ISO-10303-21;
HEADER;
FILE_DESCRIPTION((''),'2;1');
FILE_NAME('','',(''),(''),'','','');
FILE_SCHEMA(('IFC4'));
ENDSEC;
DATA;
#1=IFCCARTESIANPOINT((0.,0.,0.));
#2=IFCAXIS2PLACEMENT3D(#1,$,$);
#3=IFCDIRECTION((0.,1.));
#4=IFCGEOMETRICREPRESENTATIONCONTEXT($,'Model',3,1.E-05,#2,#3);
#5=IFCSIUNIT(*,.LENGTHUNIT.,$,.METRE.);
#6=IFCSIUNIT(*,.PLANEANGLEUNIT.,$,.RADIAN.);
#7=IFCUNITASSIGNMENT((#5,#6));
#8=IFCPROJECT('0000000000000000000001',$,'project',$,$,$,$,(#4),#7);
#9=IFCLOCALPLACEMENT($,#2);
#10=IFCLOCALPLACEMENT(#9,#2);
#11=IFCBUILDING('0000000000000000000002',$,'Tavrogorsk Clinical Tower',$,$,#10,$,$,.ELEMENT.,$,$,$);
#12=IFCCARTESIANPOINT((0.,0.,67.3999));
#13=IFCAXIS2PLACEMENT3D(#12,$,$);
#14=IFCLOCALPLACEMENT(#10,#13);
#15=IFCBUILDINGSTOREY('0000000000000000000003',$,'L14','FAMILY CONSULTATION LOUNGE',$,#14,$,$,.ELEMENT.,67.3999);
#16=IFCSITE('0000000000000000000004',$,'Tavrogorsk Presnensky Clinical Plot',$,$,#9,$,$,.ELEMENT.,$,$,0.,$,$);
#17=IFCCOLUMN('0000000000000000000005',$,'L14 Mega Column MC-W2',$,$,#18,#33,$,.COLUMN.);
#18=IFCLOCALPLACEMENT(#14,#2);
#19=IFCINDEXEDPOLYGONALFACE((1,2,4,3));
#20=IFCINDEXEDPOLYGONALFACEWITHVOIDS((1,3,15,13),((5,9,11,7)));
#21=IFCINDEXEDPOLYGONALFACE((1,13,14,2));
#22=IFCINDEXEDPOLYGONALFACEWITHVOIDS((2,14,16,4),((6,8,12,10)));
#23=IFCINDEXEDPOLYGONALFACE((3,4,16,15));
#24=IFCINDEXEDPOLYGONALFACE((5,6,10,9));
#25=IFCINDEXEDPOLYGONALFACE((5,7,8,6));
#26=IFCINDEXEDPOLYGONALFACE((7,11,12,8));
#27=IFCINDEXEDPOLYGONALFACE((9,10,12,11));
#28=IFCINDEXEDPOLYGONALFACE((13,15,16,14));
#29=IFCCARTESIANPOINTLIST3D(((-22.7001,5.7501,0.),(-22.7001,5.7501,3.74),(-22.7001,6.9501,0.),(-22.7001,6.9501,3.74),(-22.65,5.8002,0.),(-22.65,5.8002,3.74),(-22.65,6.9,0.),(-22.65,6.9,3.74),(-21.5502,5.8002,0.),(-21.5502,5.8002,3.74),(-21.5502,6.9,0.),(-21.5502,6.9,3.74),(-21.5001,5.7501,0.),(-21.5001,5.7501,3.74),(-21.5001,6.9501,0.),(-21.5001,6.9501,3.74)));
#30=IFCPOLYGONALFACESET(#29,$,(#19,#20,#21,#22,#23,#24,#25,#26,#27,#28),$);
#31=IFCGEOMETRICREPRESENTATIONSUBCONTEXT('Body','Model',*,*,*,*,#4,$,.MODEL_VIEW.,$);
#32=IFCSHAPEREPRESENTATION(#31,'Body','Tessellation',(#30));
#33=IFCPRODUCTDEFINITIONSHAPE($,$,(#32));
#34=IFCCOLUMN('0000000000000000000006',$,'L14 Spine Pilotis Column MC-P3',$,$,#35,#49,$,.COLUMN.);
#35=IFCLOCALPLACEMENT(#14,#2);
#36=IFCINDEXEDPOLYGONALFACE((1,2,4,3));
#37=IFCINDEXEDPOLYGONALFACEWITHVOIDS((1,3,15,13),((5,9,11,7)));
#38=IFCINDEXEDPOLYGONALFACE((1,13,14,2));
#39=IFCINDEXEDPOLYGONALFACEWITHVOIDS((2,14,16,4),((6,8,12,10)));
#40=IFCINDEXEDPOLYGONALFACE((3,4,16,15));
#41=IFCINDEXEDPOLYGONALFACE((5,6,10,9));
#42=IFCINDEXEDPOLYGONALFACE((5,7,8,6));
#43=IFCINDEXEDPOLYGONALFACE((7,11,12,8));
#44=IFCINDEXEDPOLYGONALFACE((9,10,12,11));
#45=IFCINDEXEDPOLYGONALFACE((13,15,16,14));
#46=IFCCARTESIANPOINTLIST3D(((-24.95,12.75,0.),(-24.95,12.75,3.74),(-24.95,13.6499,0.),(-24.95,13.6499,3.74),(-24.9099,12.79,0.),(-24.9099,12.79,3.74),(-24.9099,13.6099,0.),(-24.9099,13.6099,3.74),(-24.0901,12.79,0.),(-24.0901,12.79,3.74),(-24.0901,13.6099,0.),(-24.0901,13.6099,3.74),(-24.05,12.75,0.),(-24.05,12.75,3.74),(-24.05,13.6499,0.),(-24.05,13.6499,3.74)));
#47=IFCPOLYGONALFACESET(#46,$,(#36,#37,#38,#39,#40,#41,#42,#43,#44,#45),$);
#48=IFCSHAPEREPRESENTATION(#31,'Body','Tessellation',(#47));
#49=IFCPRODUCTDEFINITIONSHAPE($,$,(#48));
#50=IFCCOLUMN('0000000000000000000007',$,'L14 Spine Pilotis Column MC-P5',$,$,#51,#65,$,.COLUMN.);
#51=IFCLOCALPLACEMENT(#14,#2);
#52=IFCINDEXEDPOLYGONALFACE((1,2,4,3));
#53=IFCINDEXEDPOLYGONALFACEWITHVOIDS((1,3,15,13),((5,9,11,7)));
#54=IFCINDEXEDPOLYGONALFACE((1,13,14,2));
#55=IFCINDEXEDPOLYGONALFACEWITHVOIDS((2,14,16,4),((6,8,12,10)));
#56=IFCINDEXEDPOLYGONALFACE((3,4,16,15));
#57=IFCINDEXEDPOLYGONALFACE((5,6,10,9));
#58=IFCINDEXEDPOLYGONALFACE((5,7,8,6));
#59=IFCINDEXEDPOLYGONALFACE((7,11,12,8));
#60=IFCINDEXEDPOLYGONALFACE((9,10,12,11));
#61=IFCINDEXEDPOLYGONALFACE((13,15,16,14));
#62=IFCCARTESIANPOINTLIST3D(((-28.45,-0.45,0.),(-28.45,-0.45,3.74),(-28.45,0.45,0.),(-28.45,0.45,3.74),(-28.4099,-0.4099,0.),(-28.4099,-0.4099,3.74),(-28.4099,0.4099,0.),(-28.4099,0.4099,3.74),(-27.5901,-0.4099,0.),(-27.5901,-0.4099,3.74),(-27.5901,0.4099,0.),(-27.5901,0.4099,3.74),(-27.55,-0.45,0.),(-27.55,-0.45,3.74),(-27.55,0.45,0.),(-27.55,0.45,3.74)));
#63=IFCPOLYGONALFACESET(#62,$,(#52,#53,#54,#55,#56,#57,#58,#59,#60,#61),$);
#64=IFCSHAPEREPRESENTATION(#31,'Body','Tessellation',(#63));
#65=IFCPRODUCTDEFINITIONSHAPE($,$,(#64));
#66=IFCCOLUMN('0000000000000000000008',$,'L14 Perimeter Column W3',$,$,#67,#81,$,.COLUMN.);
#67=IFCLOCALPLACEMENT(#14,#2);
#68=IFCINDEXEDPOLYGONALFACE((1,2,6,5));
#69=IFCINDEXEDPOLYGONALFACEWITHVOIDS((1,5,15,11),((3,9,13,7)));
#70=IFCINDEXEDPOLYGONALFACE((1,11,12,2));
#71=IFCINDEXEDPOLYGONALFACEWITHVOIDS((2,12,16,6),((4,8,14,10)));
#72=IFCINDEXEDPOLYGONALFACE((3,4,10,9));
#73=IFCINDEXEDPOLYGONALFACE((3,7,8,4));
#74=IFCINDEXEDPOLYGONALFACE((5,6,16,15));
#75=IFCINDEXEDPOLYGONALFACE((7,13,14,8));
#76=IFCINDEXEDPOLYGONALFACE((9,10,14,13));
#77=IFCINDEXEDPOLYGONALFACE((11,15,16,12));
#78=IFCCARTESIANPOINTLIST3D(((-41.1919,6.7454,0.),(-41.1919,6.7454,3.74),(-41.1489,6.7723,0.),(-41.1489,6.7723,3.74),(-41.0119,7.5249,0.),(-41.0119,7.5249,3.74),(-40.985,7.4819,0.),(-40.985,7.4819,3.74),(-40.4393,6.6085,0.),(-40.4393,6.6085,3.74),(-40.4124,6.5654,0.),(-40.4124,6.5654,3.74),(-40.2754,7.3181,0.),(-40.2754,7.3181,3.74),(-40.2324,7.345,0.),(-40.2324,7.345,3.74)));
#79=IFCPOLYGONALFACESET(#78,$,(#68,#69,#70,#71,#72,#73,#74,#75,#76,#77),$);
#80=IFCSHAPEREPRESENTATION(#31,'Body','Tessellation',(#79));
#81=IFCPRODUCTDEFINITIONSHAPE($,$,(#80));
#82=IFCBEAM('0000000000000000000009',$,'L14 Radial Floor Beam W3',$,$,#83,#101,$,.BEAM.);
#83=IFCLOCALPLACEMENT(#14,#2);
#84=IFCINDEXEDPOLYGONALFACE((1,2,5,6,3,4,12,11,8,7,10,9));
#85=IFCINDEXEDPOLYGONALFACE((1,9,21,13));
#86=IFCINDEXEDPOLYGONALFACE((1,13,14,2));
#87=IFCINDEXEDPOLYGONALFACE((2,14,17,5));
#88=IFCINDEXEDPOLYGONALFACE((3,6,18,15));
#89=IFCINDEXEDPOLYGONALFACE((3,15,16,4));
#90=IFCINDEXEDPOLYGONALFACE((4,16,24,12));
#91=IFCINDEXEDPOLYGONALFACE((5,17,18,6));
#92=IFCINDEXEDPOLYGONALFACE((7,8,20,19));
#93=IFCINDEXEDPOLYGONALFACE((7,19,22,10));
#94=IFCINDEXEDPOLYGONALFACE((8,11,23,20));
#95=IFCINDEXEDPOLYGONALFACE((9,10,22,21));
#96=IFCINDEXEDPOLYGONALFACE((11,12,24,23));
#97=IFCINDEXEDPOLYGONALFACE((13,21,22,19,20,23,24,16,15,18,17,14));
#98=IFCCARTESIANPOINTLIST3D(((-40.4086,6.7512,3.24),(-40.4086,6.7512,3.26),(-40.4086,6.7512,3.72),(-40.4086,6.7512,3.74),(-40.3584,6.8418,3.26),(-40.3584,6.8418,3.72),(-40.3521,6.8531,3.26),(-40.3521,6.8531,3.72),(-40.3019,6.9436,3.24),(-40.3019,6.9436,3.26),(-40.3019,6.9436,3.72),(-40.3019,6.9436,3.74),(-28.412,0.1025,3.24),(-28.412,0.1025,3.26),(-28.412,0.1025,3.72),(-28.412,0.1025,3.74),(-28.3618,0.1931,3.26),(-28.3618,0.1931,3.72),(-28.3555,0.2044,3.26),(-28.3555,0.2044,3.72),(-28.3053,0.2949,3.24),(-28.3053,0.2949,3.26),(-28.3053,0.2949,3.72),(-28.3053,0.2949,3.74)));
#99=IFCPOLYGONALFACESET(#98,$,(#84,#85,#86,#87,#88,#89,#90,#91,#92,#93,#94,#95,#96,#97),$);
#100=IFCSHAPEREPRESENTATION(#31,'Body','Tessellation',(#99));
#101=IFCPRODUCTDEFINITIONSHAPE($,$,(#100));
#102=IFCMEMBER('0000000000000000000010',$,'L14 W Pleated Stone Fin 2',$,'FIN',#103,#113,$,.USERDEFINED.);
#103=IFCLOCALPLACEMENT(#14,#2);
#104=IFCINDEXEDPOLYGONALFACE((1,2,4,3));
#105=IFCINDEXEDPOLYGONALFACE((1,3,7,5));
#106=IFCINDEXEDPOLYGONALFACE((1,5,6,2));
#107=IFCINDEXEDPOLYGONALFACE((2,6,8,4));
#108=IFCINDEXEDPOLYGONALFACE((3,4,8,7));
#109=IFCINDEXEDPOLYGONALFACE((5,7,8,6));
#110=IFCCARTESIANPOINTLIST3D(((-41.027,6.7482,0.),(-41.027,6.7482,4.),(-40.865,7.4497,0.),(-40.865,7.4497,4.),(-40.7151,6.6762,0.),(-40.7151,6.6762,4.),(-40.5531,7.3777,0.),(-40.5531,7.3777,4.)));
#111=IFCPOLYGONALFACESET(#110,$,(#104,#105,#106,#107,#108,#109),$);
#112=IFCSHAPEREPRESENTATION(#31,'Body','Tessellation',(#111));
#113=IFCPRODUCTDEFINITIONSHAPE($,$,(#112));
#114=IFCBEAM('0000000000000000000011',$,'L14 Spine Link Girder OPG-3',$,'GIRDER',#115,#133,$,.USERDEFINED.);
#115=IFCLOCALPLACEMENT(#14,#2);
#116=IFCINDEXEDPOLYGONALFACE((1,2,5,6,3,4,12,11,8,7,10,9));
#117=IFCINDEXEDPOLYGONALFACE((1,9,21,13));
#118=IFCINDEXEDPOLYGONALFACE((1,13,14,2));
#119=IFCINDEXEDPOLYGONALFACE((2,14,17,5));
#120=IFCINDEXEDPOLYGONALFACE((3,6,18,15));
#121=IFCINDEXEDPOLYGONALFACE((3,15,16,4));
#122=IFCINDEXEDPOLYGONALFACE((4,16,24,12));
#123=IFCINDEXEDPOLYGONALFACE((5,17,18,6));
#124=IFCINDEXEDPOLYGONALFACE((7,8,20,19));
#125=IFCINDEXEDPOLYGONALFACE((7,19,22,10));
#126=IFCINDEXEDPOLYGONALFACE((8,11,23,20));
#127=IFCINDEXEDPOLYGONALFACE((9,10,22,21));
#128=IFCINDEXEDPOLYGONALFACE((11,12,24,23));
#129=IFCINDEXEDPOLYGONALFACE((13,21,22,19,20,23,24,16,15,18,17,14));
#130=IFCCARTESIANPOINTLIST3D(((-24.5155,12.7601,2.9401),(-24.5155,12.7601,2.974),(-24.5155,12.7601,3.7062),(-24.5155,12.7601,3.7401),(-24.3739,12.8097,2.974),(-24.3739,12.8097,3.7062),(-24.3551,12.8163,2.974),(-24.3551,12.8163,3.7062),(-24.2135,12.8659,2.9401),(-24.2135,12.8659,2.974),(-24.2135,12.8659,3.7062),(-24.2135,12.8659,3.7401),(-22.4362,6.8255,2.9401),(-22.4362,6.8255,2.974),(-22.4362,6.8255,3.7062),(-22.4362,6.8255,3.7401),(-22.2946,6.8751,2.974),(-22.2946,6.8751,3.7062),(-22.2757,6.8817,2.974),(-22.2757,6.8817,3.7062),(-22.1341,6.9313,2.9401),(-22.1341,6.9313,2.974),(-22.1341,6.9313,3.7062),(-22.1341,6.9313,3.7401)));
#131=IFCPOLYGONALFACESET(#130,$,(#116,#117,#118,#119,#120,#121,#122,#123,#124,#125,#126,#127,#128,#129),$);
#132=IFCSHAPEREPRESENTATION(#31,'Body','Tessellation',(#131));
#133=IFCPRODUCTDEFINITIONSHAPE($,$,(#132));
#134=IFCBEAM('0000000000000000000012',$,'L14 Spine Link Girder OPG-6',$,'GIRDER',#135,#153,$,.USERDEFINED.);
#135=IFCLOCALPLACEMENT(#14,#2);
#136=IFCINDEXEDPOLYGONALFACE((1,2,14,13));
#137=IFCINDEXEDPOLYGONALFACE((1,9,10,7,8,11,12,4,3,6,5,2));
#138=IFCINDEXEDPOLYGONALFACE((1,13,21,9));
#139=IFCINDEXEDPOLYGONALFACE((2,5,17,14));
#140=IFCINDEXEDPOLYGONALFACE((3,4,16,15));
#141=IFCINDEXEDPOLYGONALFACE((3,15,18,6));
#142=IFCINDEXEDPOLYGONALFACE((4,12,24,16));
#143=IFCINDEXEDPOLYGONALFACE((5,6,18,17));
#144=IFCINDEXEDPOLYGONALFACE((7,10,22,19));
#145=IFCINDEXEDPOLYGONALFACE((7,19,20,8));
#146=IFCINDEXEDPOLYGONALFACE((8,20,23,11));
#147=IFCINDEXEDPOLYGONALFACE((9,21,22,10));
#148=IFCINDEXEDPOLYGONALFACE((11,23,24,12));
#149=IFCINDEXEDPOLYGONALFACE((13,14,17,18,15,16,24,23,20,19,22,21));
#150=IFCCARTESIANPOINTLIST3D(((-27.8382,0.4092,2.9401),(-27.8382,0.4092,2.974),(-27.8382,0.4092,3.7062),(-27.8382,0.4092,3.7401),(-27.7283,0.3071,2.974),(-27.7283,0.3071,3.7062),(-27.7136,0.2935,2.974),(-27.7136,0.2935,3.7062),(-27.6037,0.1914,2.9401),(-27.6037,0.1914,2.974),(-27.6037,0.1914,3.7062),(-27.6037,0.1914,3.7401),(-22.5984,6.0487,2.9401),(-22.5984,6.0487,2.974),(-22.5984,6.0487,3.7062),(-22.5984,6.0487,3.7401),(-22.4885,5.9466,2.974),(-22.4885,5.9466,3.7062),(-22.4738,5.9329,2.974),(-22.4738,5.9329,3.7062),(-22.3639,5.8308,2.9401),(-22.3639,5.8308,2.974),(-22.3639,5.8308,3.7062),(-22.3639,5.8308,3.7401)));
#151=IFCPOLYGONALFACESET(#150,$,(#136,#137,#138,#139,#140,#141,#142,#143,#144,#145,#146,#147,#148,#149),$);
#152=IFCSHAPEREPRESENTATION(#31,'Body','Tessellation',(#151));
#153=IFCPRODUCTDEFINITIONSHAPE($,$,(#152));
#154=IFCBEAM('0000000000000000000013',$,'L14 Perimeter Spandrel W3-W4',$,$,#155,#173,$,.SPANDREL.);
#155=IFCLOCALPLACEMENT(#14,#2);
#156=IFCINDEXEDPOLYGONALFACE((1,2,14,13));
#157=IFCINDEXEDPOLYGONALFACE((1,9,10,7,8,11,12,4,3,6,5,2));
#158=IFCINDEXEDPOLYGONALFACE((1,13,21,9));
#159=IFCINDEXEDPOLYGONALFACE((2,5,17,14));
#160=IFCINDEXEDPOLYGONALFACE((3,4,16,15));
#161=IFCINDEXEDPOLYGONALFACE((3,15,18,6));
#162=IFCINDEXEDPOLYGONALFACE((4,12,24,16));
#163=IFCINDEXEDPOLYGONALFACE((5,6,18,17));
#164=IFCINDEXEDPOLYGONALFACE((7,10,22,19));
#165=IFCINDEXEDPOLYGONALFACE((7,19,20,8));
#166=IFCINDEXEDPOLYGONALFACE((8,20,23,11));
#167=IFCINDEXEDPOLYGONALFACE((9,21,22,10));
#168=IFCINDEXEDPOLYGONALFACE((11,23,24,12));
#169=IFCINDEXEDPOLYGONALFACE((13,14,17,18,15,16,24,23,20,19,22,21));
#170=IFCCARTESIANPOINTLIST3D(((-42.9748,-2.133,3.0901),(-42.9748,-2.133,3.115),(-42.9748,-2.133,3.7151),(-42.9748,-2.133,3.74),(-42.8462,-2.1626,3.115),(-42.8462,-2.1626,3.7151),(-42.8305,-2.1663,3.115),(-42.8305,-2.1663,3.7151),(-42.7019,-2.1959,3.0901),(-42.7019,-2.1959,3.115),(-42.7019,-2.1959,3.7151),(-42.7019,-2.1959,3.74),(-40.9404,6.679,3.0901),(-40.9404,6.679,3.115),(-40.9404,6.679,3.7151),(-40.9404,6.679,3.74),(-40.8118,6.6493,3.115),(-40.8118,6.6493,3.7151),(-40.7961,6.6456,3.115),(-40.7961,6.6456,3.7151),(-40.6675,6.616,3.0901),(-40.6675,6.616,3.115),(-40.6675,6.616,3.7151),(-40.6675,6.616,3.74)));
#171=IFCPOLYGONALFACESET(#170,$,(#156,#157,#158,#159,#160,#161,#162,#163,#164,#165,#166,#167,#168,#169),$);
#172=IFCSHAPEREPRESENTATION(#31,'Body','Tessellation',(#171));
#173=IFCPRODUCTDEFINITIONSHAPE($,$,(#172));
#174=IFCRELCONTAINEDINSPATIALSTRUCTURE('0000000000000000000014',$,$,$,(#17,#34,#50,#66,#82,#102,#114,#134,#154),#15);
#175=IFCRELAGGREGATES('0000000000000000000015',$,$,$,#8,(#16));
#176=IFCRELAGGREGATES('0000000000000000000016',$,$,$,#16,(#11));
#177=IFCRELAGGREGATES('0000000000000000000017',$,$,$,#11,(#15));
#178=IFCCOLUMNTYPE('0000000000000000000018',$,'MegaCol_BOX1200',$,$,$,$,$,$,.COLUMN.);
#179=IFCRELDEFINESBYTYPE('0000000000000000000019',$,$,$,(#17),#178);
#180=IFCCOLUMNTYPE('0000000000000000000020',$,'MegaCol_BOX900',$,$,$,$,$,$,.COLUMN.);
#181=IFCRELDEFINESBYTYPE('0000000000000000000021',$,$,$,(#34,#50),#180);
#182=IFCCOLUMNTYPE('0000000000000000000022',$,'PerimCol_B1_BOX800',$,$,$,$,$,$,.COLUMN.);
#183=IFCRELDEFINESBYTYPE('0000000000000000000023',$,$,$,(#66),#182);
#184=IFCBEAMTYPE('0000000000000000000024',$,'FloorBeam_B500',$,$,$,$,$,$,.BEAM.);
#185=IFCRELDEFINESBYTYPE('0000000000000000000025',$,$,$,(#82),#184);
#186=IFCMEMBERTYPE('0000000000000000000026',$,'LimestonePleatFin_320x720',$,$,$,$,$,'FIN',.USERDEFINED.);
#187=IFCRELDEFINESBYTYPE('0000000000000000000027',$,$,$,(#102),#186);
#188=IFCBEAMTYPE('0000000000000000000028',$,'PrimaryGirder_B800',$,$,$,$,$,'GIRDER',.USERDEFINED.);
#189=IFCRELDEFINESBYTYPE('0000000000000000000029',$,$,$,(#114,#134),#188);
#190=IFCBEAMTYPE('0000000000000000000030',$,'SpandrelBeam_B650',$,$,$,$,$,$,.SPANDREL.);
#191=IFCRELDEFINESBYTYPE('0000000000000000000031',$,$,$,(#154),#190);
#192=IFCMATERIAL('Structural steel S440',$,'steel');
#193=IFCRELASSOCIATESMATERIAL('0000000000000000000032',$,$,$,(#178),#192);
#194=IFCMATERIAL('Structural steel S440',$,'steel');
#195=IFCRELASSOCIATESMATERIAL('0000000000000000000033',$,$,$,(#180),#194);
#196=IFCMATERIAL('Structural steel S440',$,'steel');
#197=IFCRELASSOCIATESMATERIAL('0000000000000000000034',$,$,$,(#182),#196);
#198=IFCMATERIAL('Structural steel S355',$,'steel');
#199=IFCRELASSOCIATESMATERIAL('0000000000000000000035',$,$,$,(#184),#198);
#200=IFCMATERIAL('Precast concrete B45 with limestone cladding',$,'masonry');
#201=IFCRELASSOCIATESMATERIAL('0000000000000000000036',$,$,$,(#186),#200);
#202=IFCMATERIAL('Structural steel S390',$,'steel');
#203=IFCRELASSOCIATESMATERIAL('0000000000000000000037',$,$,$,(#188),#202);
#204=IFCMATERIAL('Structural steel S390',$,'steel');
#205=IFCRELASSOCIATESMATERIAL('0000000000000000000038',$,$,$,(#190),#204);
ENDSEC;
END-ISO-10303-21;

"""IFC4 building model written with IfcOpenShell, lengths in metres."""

from ifc_helpers import new_model, si_unit, direction, frame, origin, origin_2d, place, context, subcontext, project, spatial, rectangle, hollow_rectangle, i_section, extrude, material, material_profile, profile_set, type_object, element, save


model = new_model("IFC4")

# Units and contexts
model_context = context("Model", 3, precision=1e-05, world=origin(), true_north=direction((0.0, 1.0)))
body_context = subcontext(model_context, "Body", "Model", "MODEL_VIEW")
ifc_project = project(units=[si_unit("LENGTHUNIT", "METRE"), si_unit("PLANEANGLEUNIT", "RADIAN")], contexts=[model_context])

# Site, building, storey
site_placement = place(None, origin())
site = spatial("IfcSite", under=ifc_project, at=site_placement, Name="Tavrogorsk Presnensky Clinical Plot", CompositionType="ELEMENT", RefElevation=0.0)
building_placement = place(site_placement, origin())
building = spatial("IfcBuilding", under=site, at=building_placement, Name="Tavrogorsk Clinical Tower", CompositionType="ELEMENT")
storey_placement = place(building_placement, frame((0.0, 0.0, 67.3999)))
storey = spatial("IfcBuildingStorey", under=building, at=storey_placement, Name="L14", Description="FAMILY CONSULTATION LOUNGE", CompositionType="ELEMENT", Elevation=67.3999)

# Columns
ifc_material_1 = material(Name="Structural steel S440", Category="steel")
ifc_material_profile_1 = material_profile(ifc_material_1, hollow_rectangle(XDim=1.2, YDim=1.2, WallThickness=0.05, at=origin_2d()), Name="BOX-1200x1200x50")
ifc_profile_set_1 = profile_set([ifc_material_profile_1], Name="Structural steel S440")
column_type_1 = type_object("IfcColumnType", Name="MegaCol_BOX1200", PredefinedType="COLUMN", material=ifc_profile_set_1)
column_1_placement = place(storey_placement, frame((-22.1001, 6.3501, 0.0), z_axis=(0.0, 0.0, 1.0), x_axis=(1.0, 0.0, 0.0)))
element("IfcColumn", 1, at=column_1_placement, inside=storey, type_object=column_type_1, Name="L14 Mega Column MC-W2", PredefinedType="COLUMN", context=body_context, shape_type="SweptSolid", body=[
    extrude(hollow_rectangle(XDim=1.2, YDim=1.2, WallThickness=0.05, at=origin_2d()), origin(), (0.0, 0.0, 1.0), 3.74),
])
ifc_material_2 = material(Name="Structural steel S440", Category="steel")
ifc_material_profile_2 = material_profile(ifc_material_2, hollow_rectangle(XDim=0.8999, YDim=0.8999, WallThickness=0.04, at=origin_2d()), Name="BOX-900x900x40")
ifc_profile_set_2 = profile_set([ifc_material_profile_2], Name="Structural steel S440")
column_type_2 = type_object("IfcColumnType", Name="MegaCol_BOX900", PredefinedType="COLUMN", material=ifc_profile_set_2)
for number, where, z_axis, x_axis, name in (
    (2, (-24.5, 13.2, 0.0), (0.0, 0.0, 1.0), (1.0, 0.0, 0.0), "L14 Spine Pilotis Column MC-P3"),
    (3, (-28.0, 0.0, 0.0), (0.0, 0.0, 1.0), (1.0, 0.0, 0.0), "L14 Spine Pilotis Column MC-P5"),
):
    element("IfcColumn", number, at=place(storey_placement, frame(where, z_axis=z_axis, x_axis=x_axis)), inside=storey, type_object=column_type_2, Name=name, PredefinedType="COLUMN", context=body_context, shape_type="SweptSolid", body=[
        extrude(hollow_rectangle(XDim=0.8999, YDim=0.8999, WallThickness=0.04, at=origin_2d()), origin(), (0.0, 0.0, 1.0), 3.74),
    ])
ifc_material_3 = material(Name="Structural steel S440", Category="steel")
ifc_material_profile_3 = material_profile(ifc_material_3, hollow_rectangle(XDim=0.8, YDim=0.8, WallThickness=0.0359, at=origin_2d()), Name="BOX-800x800x36")
ifc_profile_set_3 = profile_set([ifc_material_profile_3], Name="Structural steel S440")
column_type_3 = type_object("IfcColumnType", Name="PerimCol_B1_BOX800", PredefinedType="COLUMN", material=ifc_profile_set_3)
column_2_placement = place(storey_placement, frame((-40.7122, 7.0452, 0.0), z_axis=(0.0, 0.0, 1.0), x_axis=(0.97437, -0.224951, 0.0)))
element("IfcColumn", 4, at=column_2_placement, inside=storey, type_object=column_type_3, Name="L14 Perimeter Column W3", PredefinedType="COLUMN", context=body_context, shape_type="SweptSolid", body=[
    extrude(hollow_rectangle(XDim=0.8, YDim=0.8, WallThickness=0.0359, at=origin_2d()), origin(), (0.0, 0.0, 1.0), 3.74),
])

# Beam
ifc_material_4 = material(Name="Structural steel S355", Category="steel")
ifc_material_profile_4 = material_profile(ifc_material_4, i_section(OverallWidth=0.22, OverallDepth=0.5, WebThickness=0.0129, FlangeThickness=0.02, at=origin_2d()), Name="B-500x220x13x20")
ifc_profile_set_4 = profile_set([ifc_material_profile_4], Name="Structural steel S355")
beam_type_1 = type_object("IfcBeamType", Name="FloorBeam_B500", PredefinedType="BEAM", material=ifc_profile_set_4)
beam_1_placement = place(storey_placement, frame((-28.3586, 0.1987, 3.49), z_axis=(-0.874655, 0.484746, 0.0), x_axis=(-0.484746, -0.874655, 0.0)))
element("IfcBeam", 5, at=beam_1_placement, inside=storey, type_object=beam_type_1, Name="L14 Radial Floor Beam W3", PredefinedType="BEAM", context=body_context, shape_type="SweptSolid", body=[
    extrude(i_section(OverallWidth=0.22, OverallDepth=0.5, WebThickness=0.0129, FlangeThickness=0.02, at=origin_2d()), origin(), (0.0, 0.0, 1.0), 13.7158),
])

# Member
ifc_material_5 = material(Name="Precast concrete B45 with limestone cladding", Category="masonry")
ifc_material_profile_5 = material_profile(ifc_material_5, rectangle(XDim=0.3201, YDim=0.72, at=origin_2d()), Name="LIMESTONE-FIN-320x720")
ifc_profile_set_5 = profile_set([ifc_material_profile_5], Name="Precast concrete B45 with limestone cladding")
member_type = type_object("IfcMemberType", Name="LimestonePleatFin_320x720", ElementType="FIN", PredefinedType="USERDEFINED", material=ifc_profile_set_5)
member_placement = place(storey_placement, frame((-40.79, 7.063, 0.0), z_axis=(0.0, 0.0, 1.0), x_axis=(0.97437, -0.224951, 0.0)))
element("IfcMember", 6, at=member_placement, inside=storey, type_object=member_type, Name="L14 W Pleated Stone Fin 2", ObjectType="FIN", PredefinedType="USERDEFINED", context=body_context, shape_type="SweptSolid", body=[
    extrude(rectangle(XDim=0.3201, YDim=0.72, at=origin_2d()), origin(), (0.0, 0.0, 1.0), 4.0),
])

# Beams
ifc_material_6 = material(Name="Structural steel S390", Category="steel")
ifc_material_profile_6 = material_profile(ifc_material_6, i_section(OverallWidth=0.3201, OverallDepth=0.8, WebThickness=0.02, FlangeThickness=0.0339, at=origin_2d()), Name="B-800x320x20x34")
ifc_profile_set_6 = profile_set([ifc_material_profile_6], Name="Structural steel S390")
beam_type_2 = type_object("IfcBeamType", Name="PrimaryGirder_B800", ElementType="GIRDER", PredefinedType="USERDEFINED", material=ifc_profile_set_6)
beam_2_placement = place(storey_placement, frame((-24.3645, 12.813, 3.3401), z_axis=(0.330669, -0.943747, 0.0), x_axis=(0.943747, 0.330669, 0.0)))
element("IfcBeam", 7, at=beam_2_placement, inside=storey, type_object=beam_type_2, Name="L14 Spine Link Girder OPG-3", ObjectType="GIRDER", PredefinedType="USERDEFINED", context=body_context, shape_type="SweptSolid", body=[
    extrude(i_section(OverallWidth=0.3201, OverallDepth=0.8, WebThickness=0.02, FlangeThickness=0.0339, at=origin_2d()), origin(), (0.0, 0.0, 1.0), 6.2883),
])
beam_3_placement = place(storey_placement, frame((-27.7209, 0.3003, 3.3401), z_axis=(0.680671, 0.732589, 0.0), x_axis=(-0.732589, 0.680671, 0.0)))
element("IfcBeam", 8, at=beam_3_placement, inside=storey, type_object=beam_type_2, Name="L14 Spine Link Girder OPG-6", ObjectType="GIRDER", PredefinedType="USERDEFINED", context=body_context, shape_type="SweptSolid", body=[
    extrude(i_section(OverallWidth=0.3201, OverallDepth=0.8, WebThickness=0.02, FlangeThickness=0.0339, at=origin_2d()), origin(), (0.0, 0.0, 1.0), 7.698),
])
ifc_material_7 = material(Name="Structural steel S390", Category="steel")
ifc_material_profile_7 = material_profile(ifc_material_7, i_section(OverallWidth=0.28, OverallDepth=0.6499, WebThickness=0.0161, FlangeThickness=0.0249, at=origin_2d()), Name="B-650x280x16x25")
ifc_profile_set_7 = profile_set([ifc_material_profile_7], Name="Structural steel S390")
beam_type_3 = type_object("IfcBeamType", Name="SpandrelBeam_B650", PredefinedType="SPANDREL", material=ifc_profile_set_7)
beam_4_placement = place(storey_placement, frame((-40.804, 6.6475, 3.415), z_axis=(-0.224952, -0.97437, 0.0), x_axis=(0.97437, -0.224952, 0.0)))
element("IfcBeam", 9, at=beam_4_placement, inside=storey, type_object=beam_type_3, Name="L14 Perimeter Spandrel W3-W4", PredefinedType="SPANDREL", context=body_context, shape_type="SweptSolid", body=[
    extrude(i_section(OverallWidth=0.28, OverallDepth=0.6499, WebThickness=0.0161, FlangeThickness=0.0249, at=origin_2d()), origin(), (0.0, 0.0, 1.0), 9.0437),
])

save(model, "model.ifc")
